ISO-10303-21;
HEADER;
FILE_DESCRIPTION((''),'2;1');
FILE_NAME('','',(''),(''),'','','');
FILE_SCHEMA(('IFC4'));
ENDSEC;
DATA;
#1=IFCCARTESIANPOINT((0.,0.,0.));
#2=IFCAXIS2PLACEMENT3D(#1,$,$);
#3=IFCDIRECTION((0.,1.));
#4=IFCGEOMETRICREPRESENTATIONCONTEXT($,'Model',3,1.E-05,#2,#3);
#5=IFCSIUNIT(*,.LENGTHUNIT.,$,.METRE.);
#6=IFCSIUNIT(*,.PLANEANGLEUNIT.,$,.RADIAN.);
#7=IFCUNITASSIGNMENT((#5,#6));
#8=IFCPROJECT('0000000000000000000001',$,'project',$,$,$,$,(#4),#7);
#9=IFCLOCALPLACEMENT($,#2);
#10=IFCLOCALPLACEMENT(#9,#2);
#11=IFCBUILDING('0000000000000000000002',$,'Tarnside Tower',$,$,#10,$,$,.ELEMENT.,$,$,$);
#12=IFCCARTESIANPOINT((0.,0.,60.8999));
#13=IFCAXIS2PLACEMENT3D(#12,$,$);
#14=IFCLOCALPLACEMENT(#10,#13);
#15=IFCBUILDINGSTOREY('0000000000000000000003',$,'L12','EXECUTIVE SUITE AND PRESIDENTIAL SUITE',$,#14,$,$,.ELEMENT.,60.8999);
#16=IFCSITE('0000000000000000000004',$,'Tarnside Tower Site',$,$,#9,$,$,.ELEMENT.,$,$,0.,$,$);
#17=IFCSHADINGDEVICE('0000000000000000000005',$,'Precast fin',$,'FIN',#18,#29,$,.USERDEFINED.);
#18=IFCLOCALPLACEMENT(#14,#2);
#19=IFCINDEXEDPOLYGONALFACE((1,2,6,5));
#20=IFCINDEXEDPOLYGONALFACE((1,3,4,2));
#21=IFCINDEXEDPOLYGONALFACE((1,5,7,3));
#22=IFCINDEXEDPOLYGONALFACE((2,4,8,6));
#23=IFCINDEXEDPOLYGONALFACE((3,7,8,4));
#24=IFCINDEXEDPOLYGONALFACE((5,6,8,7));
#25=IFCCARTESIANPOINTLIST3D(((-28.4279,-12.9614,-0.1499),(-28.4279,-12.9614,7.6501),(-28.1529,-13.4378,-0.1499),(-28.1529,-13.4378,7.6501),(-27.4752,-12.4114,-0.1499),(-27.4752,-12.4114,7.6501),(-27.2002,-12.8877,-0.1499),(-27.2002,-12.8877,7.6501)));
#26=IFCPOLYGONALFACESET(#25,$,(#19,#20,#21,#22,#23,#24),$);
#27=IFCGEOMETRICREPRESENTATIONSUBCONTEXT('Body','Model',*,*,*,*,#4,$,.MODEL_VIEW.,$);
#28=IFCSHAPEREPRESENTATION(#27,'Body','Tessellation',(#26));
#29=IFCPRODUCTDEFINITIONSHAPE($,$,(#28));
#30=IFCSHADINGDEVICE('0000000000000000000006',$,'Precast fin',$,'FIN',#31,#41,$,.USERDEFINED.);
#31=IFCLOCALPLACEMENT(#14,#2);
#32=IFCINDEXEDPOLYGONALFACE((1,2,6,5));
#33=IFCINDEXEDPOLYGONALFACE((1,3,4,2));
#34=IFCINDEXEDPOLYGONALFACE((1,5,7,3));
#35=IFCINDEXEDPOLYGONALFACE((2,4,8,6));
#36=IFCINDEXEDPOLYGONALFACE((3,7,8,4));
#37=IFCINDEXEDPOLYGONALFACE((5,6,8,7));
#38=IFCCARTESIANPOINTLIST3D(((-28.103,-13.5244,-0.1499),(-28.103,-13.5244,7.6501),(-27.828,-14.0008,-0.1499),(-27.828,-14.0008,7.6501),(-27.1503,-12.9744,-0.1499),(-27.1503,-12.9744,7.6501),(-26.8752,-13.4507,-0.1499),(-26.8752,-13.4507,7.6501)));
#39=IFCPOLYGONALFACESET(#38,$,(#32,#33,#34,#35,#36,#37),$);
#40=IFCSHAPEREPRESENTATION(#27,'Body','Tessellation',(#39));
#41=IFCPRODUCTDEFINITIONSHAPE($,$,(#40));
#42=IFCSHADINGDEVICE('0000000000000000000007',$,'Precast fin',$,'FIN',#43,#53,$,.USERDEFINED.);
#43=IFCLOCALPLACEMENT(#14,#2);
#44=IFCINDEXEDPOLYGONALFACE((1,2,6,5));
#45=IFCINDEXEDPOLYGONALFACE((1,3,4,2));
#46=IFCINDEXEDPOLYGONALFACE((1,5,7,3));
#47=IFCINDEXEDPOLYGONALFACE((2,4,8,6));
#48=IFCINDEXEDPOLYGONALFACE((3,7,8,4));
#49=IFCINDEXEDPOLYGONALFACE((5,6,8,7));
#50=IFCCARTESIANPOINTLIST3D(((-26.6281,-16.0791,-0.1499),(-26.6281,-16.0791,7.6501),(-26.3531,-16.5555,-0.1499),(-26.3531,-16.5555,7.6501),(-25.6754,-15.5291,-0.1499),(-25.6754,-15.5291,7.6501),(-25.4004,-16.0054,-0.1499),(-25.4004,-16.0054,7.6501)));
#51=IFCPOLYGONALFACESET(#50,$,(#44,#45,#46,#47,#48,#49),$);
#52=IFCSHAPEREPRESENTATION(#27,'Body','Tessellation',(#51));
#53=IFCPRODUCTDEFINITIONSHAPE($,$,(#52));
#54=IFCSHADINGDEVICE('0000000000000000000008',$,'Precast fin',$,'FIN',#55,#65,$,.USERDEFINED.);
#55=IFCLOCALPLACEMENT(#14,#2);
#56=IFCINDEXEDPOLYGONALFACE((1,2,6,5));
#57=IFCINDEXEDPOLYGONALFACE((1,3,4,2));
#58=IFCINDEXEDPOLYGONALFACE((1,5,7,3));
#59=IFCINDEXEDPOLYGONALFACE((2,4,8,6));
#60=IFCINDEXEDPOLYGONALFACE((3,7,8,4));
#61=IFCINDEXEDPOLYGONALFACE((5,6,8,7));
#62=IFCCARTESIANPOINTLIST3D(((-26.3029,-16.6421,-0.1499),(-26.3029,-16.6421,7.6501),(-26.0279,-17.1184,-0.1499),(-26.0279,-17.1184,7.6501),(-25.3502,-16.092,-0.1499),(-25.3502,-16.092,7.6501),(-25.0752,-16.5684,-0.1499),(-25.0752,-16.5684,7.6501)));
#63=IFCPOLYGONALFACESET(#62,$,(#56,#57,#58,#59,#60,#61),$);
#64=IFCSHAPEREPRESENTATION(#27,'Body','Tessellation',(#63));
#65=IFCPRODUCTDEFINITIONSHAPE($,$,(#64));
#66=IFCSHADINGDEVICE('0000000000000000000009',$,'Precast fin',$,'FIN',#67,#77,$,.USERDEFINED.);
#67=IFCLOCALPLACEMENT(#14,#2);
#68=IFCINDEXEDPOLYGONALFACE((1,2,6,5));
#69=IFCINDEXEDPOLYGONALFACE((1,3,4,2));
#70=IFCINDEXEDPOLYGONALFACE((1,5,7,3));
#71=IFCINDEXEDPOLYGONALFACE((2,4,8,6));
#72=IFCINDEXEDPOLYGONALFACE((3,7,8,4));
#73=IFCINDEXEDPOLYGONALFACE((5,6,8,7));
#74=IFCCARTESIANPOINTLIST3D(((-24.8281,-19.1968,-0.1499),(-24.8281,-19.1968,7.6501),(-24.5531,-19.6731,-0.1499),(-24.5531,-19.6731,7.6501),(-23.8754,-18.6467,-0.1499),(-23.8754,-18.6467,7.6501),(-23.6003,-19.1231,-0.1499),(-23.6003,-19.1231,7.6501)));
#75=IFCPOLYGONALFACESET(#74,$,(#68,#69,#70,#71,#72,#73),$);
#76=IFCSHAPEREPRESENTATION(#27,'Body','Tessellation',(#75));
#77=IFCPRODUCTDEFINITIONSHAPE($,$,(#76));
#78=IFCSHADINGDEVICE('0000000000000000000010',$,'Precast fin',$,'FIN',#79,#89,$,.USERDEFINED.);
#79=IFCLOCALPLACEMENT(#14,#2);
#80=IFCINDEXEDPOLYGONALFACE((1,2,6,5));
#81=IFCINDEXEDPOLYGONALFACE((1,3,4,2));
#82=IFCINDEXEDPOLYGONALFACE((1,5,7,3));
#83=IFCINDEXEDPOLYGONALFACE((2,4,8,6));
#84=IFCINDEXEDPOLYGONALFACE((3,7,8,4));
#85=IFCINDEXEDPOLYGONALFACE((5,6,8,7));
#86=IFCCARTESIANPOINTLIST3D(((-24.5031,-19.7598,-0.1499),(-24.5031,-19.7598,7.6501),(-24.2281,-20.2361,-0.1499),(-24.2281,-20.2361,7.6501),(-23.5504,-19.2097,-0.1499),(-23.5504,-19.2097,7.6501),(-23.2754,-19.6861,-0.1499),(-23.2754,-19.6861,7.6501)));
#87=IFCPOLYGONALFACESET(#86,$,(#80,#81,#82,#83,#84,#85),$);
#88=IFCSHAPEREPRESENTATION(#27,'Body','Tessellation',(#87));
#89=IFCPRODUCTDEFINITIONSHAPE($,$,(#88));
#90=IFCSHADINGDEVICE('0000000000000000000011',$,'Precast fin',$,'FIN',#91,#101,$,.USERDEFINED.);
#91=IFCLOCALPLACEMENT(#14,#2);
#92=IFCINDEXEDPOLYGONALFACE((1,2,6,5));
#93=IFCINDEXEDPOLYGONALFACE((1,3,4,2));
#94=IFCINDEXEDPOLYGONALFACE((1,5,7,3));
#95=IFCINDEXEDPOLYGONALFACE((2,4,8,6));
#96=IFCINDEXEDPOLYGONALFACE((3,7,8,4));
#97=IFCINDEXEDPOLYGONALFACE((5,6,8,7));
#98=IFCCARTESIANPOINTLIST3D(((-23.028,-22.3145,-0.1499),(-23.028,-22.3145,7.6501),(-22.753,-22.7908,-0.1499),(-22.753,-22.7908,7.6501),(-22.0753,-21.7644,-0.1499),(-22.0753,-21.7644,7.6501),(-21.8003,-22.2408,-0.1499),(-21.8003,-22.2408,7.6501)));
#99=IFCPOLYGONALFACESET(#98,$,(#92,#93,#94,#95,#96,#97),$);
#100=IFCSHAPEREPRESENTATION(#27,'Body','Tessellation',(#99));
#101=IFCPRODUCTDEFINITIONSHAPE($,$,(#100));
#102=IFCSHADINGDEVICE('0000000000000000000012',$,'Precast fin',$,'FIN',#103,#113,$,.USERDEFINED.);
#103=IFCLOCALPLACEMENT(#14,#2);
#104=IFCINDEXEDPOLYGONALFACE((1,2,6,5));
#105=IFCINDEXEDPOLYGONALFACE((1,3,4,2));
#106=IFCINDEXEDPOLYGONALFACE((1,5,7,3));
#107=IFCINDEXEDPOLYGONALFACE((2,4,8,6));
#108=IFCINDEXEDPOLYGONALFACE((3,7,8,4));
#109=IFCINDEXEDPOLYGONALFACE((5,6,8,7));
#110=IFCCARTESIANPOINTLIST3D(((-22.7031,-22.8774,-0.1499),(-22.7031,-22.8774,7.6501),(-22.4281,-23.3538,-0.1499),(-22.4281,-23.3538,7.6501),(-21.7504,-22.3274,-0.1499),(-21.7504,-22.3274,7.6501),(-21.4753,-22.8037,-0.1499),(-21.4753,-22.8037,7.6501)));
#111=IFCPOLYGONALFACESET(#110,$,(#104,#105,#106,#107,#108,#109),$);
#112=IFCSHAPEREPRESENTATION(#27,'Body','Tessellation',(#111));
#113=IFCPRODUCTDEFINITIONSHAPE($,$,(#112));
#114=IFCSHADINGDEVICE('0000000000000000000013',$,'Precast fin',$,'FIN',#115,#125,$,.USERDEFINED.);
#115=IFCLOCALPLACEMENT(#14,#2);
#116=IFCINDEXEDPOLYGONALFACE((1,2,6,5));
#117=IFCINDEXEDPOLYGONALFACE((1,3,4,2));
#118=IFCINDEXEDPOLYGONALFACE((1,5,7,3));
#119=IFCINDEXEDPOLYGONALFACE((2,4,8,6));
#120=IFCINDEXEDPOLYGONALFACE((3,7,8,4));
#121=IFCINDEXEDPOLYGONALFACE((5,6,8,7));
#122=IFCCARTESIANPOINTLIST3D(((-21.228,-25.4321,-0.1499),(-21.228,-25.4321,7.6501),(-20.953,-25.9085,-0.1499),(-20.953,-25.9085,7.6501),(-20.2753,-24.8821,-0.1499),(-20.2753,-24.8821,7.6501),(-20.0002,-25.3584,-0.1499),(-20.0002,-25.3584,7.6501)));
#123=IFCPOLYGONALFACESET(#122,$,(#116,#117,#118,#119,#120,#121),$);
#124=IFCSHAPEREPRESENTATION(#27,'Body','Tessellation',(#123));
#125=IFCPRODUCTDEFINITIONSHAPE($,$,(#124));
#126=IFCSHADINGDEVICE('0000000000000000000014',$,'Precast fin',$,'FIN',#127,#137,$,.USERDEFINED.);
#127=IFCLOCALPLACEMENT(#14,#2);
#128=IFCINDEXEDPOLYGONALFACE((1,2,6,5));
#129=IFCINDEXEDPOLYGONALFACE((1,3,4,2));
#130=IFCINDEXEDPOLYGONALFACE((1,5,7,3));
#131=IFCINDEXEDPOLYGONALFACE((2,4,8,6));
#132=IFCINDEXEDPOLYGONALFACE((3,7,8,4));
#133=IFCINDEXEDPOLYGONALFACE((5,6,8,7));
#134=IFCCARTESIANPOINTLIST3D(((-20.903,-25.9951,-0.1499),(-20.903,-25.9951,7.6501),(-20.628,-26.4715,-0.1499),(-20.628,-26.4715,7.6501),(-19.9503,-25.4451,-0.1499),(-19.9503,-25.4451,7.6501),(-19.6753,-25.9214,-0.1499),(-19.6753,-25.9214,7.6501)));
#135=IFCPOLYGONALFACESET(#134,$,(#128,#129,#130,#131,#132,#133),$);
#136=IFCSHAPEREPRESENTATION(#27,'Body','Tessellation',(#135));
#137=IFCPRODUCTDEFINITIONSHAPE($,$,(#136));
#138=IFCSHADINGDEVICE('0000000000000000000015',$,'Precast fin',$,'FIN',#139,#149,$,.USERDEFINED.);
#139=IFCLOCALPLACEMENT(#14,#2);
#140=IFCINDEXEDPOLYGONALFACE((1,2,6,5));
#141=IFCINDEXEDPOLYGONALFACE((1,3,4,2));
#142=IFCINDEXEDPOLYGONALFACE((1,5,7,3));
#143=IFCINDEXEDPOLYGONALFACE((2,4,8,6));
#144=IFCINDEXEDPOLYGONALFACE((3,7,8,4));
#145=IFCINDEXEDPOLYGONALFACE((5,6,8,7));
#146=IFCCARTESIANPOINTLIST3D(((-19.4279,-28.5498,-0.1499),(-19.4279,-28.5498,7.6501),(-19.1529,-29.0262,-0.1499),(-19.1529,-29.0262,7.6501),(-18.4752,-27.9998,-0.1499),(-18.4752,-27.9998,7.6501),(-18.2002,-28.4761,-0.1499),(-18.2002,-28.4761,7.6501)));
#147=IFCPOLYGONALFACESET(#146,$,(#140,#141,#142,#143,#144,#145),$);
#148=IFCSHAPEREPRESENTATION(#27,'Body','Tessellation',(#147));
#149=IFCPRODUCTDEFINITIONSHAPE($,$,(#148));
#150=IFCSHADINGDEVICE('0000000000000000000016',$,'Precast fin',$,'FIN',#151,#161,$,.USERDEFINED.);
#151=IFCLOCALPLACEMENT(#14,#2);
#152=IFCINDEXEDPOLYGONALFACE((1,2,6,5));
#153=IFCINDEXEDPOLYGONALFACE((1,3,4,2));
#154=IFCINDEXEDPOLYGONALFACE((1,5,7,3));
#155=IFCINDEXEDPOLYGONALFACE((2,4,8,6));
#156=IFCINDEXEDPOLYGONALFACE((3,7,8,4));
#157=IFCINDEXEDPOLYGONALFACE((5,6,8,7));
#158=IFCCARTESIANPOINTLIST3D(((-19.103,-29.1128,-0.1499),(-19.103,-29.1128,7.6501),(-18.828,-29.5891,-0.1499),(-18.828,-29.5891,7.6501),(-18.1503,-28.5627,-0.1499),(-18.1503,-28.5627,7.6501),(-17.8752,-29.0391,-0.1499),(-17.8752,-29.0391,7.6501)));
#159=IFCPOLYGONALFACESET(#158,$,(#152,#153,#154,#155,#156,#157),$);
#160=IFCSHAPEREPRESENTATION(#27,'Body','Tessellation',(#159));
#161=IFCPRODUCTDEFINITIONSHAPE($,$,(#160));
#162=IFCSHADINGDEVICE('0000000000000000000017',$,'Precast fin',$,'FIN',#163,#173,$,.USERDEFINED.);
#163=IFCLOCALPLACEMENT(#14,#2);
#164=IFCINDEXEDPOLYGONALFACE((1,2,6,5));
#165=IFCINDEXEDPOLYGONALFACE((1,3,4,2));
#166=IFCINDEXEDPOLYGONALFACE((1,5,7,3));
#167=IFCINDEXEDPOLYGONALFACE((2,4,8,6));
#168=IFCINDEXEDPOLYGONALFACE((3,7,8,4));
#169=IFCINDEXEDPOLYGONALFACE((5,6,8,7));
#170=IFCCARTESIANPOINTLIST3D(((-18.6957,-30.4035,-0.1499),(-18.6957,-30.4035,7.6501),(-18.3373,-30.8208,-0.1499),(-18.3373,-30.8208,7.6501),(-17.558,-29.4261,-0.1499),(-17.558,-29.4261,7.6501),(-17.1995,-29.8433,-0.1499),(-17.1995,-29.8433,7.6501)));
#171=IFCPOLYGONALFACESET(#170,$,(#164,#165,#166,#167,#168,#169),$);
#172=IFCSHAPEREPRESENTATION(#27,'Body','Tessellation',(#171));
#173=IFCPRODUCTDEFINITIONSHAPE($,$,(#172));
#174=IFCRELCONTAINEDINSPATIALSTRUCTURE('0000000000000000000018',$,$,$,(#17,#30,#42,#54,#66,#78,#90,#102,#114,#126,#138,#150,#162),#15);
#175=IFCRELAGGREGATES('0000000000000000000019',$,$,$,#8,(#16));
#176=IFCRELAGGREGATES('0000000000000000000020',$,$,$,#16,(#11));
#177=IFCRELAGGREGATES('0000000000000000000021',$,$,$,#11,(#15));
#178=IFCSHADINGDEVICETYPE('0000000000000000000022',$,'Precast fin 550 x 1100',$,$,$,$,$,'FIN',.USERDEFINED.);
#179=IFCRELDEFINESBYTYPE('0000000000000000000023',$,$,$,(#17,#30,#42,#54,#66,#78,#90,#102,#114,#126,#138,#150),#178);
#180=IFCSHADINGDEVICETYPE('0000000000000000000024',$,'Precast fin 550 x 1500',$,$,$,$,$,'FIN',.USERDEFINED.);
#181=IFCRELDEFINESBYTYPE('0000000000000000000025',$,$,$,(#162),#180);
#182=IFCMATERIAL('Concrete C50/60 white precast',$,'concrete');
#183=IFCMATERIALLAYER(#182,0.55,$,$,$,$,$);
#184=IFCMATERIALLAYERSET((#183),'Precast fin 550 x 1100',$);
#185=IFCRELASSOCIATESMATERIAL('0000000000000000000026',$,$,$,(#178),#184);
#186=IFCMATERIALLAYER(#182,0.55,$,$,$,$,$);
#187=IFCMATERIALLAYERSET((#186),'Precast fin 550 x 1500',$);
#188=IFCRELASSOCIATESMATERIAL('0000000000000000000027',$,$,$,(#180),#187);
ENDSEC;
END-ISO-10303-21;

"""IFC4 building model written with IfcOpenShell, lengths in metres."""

from ifc_helpers import new_model, si_unit, direction, frame, origin, place, context, subcontext, project, spatial, polyline, outline, extrude, material, layer, layer_set, type_object, element, save


model = new_model("IFC4")

# Units and contexts
model_context = context("Model", 3, precision=1e-05, world=origin(), true_north=direction((0.0, 1.0)))
body_context = subcontext(model_context, "Body", "Model", "MODEL_VIEW")
ifc_project = project(units=[si_unit("LENGTHUNIT", "METRE"), si_unit("PLANEANGLEUNIT", "RADIAN")], contexts=[model_context])

# Site, building, storey
site_placement = place(None, origin())
site = spatial("IfcSite", under=ifc_project, at=site_placement, Name="Tarnside Tower Site", CompositionType="ELEMENT", RefElevation=0.0)
building_placement = place(site_placement, origin())
building = spatial("IfcBuilding", under=site, at=building_placement, Name="Tarnside Tower", CompositionType="ELEMENT")
storey_placement = place(building_placement, frame((0.0, 0.0, 60.8999)))
storey = spatial("IfcBuildingStorey", under=building, at=storey_placement, Name="L12", Description="EXECUTIVE SUITE AND PRESIDENTIAL SUITE", CompositionType="ELEMENT", Elevation=60.8999)

# Shading devices
ifc_material_1 = material(Name="Concrete C50/60 white precast", Category="concrete")
ifc_layer_1 = layer(ifc_material_1, 0.55)
ifc_layer_set_1 = layer_set([ifc_layer_1], Name="Precast fin 550 x 1100")
shading_device_type_1 = type_object("IfcShadingDeviceType", Name="Precast fin 550 x 1100", ElementType="FIN", PredefinedType="USERDEFINED", material=ifc_layer_set_1)
for number, where, z_axis, x_axis, name in (
    (1, (-27.3376, -12.6497, -0.1499), (-0.5, 0.866025, 0.0), (-0.866025, -0.5, 0.0), "Precast fin"),
    (2, (-27.0127, -13.2126, -0.1499), (-0.5, 0.866025, 0.0), (-0.866025, -0.5, 0.0), "Precast fin"),
    (3, (-25.5378, -15.7673, -0.1499), (-0.5, 0.866025, 0.0), (-0.866025, -0.5, 0.0), "Precast fin"),
    (4, (-25.2126, -16.3303, -0.1499), (-0.5, 0.866025, 0.0), (-0.866025, -0.5, 0.0), "Precast fin"),
    (5, (-23.7378, -18.885, -0.1499), (-0.5, 0.866025, 0.0), (-0.866025, -0.5, 0.0), "Precast fin"),
    (6, (-23.4128, -19.448, -0.1499), (-0.5, 0.866025, 0.0), (-0.866025, -0.5, 0.0), "Precast fin"),
    (7, (-21.9377, -22.0027, -0.1499), (-0.5, 0.866025, 0.0), (-0.866025, -0.5, 0.0), "Precast fin"),
    (8, (-21.6128, -22.5657, -0.1499), (-0.5, 0.866025, 0.0), (-0.866025, -0.5, 0.0), "Precast fin"),
    (9, (-20.1377, -25.1204, -0.1499), (-0.5, 0.866025, 0.0), (-0.866025, -0.5, 0.0), "Precast fin"),
    (10, (-19.8127, -25.6833, -0.1499), (-0.5, 0.866025, 0.0), (-0.866025, -0.5, 0.0), "Precast fin"),
    (11, (-18.3376, -28.238, -0.1499), (-0.5, 0.866025, 0.0), (-0.866025, -0.5, 0.0), "Precast fin"),
    (12, (-18.0127, -28.801, -0.1499), (-0.5, 0.866025, 0.0), (-0.866025, -0.5, 0.0), "Precast fin"),
):
    element("IfcShadingDevice", number, at=place(storey_placement, frame(where, z_axis=z_axis, x_axis=x_axis)), inside=storey, type_object=shading_device_type_1, Name=name, ObjectType="FIN", PredefinedType="USERDEFINED", context=body_context, shape_type="SweptSolid", body=[
        extrude(outline(polyline([(0.0, 0.0), (1.1001, 0.0), (1.1001, 7.8), (0.0, 7.8), (0.0, 0.0)])), frame((0.0, 0.0, -0.2749)), (0.0, 0.0, 1.0), 0.55),
    ])
ifc_layer_2 = layer(ifc_material_1, 0.55)
ifc_layer_set_2 = layer_set([ifc_layer_2], Name="Precast fin 550 x 1500")
shading_device_type_2 = type_object("IfcShadingDeviceType", Name="Precast fin 550 x 1500", ElementType="FIN", PredefinedType="USERDEFINED", material=ifc_layer_set_2)
shading_device_placement = place(storey_placement, frame((-17.3787, -29.6348, -0.1499), z_axis=(-0.651657, 0.758514, 0.0), x_axis=(-0.758514, -0.651657, 0.0)))
element("IfcShadingDevice", 13, at=shading_device_placement, inside=storey, type_object=shading_device_type_2, Name="Precast fin", ObjectType="FIN", PredefinedType="USERDEFINED", context=body_context, shape_type="SweptSolid", body=[
    extrude(outline(polyline([(0.0, 0.0), (1.5, 0.0), (1.5, 7.8), (0.0, 7.8), (0.0, 0.0)])), frame((0.0, 0.0, -0.2749)), (0.0, 0.0, 1.0), 0.55),
])

save(model, "model.ifc")
